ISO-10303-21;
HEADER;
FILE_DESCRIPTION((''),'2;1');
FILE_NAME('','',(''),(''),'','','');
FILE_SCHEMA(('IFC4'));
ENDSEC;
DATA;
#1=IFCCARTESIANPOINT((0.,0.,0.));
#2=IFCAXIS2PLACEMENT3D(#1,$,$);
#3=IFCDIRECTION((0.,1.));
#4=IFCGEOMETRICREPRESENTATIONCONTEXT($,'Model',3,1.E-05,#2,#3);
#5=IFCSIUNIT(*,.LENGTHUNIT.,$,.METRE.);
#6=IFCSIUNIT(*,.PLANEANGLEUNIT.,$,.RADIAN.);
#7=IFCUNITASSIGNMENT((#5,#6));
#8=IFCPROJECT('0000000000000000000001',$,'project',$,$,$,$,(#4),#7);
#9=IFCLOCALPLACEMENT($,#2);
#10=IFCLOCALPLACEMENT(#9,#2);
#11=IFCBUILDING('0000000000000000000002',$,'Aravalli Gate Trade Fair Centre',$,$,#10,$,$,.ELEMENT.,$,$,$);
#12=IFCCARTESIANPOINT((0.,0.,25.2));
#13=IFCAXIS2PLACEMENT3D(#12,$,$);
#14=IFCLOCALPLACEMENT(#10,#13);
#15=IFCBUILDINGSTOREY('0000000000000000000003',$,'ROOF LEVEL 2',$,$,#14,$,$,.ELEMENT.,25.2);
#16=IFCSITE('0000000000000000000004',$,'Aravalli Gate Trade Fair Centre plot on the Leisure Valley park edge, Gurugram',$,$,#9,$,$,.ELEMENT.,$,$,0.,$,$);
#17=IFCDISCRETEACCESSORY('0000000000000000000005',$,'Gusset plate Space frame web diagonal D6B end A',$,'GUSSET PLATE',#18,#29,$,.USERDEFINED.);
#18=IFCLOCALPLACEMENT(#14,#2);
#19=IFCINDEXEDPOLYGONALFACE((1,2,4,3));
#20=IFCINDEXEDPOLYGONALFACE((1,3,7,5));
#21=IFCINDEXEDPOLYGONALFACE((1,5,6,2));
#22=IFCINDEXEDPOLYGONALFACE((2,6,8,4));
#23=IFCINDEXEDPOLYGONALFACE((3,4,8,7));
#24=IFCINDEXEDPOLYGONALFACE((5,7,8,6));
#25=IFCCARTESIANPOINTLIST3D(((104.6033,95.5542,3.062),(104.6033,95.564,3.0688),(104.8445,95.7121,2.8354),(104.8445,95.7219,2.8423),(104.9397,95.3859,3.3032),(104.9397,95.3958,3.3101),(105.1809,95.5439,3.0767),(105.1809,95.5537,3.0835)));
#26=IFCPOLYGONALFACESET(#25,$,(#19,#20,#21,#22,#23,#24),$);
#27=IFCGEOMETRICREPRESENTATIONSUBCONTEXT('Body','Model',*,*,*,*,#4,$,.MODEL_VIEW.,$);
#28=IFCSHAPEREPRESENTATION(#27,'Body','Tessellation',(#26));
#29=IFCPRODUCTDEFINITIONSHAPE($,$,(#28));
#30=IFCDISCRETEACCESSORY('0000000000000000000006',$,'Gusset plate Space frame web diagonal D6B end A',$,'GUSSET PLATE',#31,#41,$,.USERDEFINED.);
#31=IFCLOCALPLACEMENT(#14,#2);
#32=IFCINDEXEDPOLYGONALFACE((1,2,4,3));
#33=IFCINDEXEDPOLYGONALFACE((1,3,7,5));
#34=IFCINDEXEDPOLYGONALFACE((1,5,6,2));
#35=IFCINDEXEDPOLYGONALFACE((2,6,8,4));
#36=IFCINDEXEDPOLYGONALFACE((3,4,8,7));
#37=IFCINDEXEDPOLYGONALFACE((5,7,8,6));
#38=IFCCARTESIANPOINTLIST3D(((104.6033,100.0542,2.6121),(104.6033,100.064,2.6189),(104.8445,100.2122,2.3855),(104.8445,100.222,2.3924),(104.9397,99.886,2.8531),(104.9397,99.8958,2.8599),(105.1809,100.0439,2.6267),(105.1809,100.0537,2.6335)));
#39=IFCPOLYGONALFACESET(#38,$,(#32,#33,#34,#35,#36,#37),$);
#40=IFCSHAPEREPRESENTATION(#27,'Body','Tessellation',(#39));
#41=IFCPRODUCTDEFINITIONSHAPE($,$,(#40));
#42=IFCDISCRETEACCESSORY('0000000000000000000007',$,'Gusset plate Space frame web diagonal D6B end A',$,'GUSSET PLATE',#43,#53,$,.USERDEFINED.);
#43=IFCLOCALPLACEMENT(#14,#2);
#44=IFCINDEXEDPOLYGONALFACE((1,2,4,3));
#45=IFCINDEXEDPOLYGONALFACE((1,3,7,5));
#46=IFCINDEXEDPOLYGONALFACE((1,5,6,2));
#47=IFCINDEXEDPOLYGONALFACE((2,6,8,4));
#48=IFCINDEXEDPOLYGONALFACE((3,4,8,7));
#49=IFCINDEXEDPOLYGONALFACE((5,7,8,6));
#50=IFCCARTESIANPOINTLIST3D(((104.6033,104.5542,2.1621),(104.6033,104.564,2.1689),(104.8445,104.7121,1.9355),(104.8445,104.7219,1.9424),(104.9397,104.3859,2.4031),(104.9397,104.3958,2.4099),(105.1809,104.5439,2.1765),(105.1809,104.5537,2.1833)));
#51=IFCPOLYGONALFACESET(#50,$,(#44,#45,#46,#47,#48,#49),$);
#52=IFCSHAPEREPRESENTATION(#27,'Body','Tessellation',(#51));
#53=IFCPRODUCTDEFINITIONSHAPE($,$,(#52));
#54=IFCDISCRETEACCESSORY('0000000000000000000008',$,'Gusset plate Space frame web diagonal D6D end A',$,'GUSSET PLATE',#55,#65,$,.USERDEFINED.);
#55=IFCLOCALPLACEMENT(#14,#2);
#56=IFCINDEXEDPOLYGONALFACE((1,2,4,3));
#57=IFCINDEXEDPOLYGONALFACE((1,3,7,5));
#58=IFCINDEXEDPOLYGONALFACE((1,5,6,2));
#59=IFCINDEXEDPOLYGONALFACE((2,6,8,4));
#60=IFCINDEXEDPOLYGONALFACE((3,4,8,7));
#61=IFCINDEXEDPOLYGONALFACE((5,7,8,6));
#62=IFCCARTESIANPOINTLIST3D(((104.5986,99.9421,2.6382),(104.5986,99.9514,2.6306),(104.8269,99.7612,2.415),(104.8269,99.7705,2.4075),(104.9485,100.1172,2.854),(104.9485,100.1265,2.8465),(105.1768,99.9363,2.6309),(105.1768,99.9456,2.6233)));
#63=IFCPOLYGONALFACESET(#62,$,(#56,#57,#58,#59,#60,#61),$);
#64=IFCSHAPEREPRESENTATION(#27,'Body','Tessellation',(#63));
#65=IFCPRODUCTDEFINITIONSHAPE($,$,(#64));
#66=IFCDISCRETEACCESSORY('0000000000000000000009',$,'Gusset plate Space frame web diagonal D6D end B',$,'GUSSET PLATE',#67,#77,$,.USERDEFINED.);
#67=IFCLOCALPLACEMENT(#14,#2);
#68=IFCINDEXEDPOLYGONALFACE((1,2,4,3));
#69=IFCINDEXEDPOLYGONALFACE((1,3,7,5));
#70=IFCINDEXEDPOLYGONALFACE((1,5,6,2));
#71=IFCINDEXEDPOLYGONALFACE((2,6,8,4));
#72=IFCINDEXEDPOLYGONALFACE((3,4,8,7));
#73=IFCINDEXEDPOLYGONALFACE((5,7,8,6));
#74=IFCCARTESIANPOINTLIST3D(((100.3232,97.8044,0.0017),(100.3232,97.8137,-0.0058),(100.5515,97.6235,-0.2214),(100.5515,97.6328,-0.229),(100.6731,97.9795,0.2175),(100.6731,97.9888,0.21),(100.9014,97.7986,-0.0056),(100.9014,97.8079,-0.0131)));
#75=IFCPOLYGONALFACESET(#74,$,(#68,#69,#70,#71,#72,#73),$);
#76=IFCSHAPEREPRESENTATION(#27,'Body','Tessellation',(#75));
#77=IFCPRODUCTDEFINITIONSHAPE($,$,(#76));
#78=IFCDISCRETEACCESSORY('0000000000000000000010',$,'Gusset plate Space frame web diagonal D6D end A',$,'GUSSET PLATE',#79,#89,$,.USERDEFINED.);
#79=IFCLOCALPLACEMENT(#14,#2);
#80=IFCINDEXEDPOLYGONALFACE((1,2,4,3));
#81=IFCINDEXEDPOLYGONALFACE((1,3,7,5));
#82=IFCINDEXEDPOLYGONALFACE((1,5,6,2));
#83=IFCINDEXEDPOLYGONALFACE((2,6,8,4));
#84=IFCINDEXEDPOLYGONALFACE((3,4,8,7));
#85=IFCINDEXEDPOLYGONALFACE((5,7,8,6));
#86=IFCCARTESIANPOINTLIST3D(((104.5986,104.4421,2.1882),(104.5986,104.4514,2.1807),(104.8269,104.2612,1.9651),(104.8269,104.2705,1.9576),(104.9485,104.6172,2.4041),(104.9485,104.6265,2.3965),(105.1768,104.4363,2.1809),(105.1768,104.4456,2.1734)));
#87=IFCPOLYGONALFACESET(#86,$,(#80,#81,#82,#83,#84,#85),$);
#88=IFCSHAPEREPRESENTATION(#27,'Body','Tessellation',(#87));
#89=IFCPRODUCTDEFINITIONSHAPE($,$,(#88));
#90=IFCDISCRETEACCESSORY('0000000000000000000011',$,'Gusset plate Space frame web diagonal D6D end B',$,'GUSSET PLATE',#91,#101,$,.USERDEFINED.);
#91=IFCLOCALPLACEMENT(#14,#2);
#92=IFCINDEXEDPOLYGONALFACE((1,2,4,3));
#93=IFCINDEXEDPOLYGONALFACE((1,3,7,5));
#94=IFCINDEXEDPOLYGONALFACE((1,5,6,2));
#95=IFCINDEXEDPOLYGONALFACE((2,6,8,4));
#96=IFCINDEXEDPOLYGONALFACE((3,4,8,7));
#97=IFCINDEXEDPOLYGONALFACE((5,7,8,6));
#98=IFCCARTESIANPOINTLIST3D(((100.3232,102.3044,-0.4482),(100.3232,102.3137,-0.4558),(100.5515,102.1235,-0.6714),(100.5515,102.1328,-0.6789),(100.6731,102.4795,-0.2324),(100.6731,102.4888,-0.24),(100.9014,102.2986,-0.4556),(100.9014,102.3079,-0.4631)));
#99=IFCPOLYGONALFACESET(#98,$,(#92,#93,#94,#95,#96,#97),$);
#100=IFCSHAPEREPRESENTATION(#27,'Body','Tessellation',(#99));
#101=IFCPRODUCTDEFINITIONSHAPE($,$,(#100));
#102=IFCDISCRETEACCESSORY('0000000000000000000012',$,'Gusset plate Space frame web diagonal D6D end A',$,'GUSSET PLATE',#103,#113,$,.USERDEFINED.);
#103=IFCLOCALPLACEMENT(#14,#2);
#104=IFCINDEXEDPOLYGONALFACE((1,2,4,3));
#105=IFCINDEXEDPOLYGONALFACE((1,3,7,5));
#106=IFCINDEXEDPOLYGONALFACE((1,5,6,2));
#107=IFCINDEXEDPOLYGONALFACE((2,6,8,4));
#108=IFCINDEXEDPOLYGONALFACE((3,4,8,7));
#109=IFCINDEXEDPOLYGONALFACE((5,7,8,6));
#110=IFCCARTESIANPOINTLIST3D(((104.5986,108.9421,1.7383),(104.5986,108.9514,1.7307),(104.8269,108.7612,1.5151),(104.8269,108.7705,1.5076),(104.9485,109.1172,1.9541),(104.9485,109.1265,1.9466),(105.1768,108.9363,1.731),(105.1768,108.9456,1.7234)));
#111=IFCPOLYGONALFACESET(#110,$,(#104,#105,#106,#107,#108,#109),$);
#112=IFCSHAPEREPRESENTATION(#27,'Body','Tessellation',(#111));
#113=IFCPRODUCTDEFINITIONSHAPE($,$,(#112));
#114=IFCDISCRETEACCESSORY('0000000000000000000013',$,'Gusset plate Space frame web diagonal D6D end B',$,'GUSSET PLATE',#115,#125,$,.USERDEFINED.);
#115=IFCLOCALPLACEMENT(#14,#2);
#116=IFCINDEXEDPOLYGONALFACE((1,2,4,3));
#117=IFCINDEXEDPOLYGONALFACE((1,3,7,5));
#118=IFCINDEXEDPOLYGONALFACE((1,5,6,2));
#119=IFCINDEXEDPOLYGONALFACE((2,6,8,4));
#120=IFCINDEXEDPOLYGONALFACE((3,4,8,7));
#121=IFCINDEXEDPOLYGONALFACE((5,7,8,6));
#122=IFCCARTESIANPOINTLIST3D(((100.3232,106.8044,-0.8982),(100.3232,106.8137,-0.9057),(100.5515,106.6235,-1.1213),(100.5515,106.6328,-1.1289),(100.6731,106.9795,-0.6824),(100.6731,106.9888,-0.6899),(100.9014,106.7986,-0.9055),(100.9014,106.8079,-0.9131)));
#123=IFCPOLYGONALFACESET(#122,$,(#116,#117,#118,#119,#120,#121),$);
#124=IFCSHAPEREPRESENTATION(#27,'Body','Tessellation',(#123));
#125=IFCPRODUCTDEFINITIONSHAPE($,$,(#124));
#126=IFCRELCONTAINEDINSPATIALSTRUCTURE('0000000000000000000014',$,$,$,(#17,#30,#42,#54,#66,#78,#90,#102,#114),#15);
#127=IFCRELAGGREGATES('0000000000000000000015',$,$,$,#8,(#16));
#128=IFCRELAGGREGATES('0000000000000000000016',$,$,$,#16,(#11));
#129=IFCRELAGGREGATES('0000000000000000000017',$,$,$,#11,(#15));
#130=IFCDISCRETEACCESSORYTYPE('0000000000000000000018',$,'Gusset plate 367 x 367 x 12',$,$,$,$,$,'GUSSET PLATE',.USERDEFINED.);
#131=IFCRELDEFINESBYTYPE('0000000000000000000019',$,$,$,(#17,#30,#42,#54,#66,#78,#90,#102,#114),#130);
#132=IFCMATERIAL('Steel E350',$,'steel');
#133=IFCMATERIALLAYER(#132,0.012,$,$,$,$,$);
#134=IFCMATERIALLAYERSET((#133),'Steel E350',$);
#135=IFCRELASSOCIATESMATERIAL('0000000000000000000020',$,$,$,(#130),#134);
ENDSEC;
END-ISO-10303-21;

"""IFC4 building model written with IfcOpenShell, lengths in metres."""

from ifc_helpers import new_model, si_unit, direction, frame, origin, place, context, subcontext, project, spatial, polyline, outline, extrude, material, layer, layer_set, type_object, element, save


model = new_model("IFC4")

# Units and contexts
model_context = context("Model", 3, precision=1e-05, world=origin(), true_north=direction((0.0, 1.0)))
body_context = subcontext(model_context, "Body", "Model", "MODEL_VIEW")
ifc_project = project(units=[si_unit("LENGTHUNIT", "METRE"), si_unit("PLANEANGLEUNIT", "RADIAN")], contexts=[model_context])

# Site, building, storey
site_placement = place(None, origin())
site = spatial("IfcSite", under=ifc_project, at=site_placement, Name="Aravalli Gate Trade Fair Centre plot on the Leisure Valley park edge, Gurugram", CompositionType="ELEMENT", RefElevation=0.0)
building_placement = place(site_placement, origin())
building = spatial("IfcBuilding", under=site, at=building_placement, Name="Aravalli Gate Trade Fair Centre", CompositionType="ELEMENT")
storey_placement = place(building_placement, frame((0.0, 0.0, 25.2)))
storey = spatial("IfcBuildingStorey", under=building, at=storey_placement, Name="ROOF LEVEL 2", CompositionType="ELEMENT", Elevation=25.2)

# Shared definitions
ifc_material_1 = material(Name="Steel E350", Category="steel")

# Discrete accessories
ifc_layer_1 = layer(ifc_material_1, 0.012)
ifc_layer_set_1 = layer_set([ifc_layer_1], Name="Steel E350")
discrete_accessory_type_1 = type_object("IfcDiscreteAccessoryType", Name="Gusset plate 367 x 367 x 12", ElementType="GUSSET PLATE", PredefinedType="USERDEFINED", material=ifc_layer_set_1)
discrete_accessory_1_placement = place(storey_placement, frame((104.6033, 95.564, 3.0688), z_axis=(0.000057, 0.820282, 0.57196), x_axis=(0.75291, -0.376455, 0.539822)))
element("IfcDiscreteAccessory", 1, at=discrete_accessory_1_placement, inside=storey, type_object=discrete_accessory_type_1, Name="Gusset plate Space frame web diagonal D6B end A", ObjectType="GUSSET PLATE", PredefinedType="USERDEFINED", context=body_context, shape_type="SweptSolid", body=[
    extrude(outline(polyline([(0.0, 0.0), (0.4468, 0.0), (0.4467, 0.3667), (-0.0002, 0.3667), (0.0, 0.0)])), origin(), (0.0, 0.0, -1.0), 0.012),
])
discrete_accessory_2_placement = place(storey_placement, frame((104.6033, 100.064, 2.6189), z_axis=(0.000049, 0.820141, 0.572161), x_axis=(0.753132, -0.376438, 0.539524)))
element("IfcDiscreteAccessory", 2, at=discrete_accessory_2_placement, inside=storey, type_object=discrete_accessory_type_1, Name="Gusset plate Space frame web diagonal D6B end A", ObjectType="GUSSET PLATE", PredefinedType="USERDEFINED", context=body_context, shape_type="SweptSolid", body=[
    extrude(outline(polyline([(0.0, 0.0), (0.4467, 0.0), (0.4468, 0.3665), (0.0, 0.3667), (0.0, 0.0)])), origin(), (0.0, 0.0, -1.0), 0.012),
])
discrete_accessory_3_placement = place(storey_placement, frame((104.6033, 104.564, 2.1689), z_axis=(0.000292, 0.820164, 0.572128), x_axis=(0.753132, -0.376566, 0.539435)))
element("IfcDiscreteAccessory", 3, at=discrete_accessory_3_placement, inside=storey, type_object=discrete_accessory_type_1, Name="Gusset plate Space frame web diagonal D6B end A", ObjectType="GUSSET PLATE", PredefinedType="USERDEFINED", context=body_context, shape_type="SweptSolid", body=[
    extrude(outline(polyline([(0.0, 0.0), (0.4467, 0.0), (0.4467, 0.3667), (0.0, 0.3667), (0.0, 0.0)])), origin(), (0.0, 0.0, -1.0), 0.012),
])
discrete_accessory_4_placement = place(storey_placement, frame((104.5986, 99.9421, 2.6382), z_axis=(0.000107, -0.776736, 0.629826), x_axis=(0.783044, 0.391795, 0.48305)))
element("IfcDiscreteAccessory", 4, at=discrete_accessory_4_placement, inside=storey, type_object=discrete_accessory_type_1, Name="Gusset plate Space frame web diagonal D6D end A", ObjectType="GUSSET PLATE", PredefinedType="USERDEFINED", context=body_context, shape_type="SweptSolid", body=[
    extrude(outline(polyline([(0.0, 0.0), (0.4468, 0.0), (0.4469, -0.3669), (0.0001, -0.3669), (0.0, 0.0)])), origin(), (0.0, 0.0, -1.0), 0.012),
])
discrete_accessory_5_placement = place(storey_placement, frame((100.6731, 97.9795, 0.2175), z_axis=(0.000107, -0.776736, 0.629826), x_axis=(-0.783044, -0.391795, -0.48305)))
element("IfcDiscreteAccessory", 5, at=discrete_accessory_5_placement, inside=storey, type_object=discrete_accessory_type_1, Name="Gusset plate Space frame web diagonal D6D end B", ObjectType="GUSSET PLATE", PredefinedType="USERDEFINED", context=body_context, shape_type="SweptSolid", body=[
    extrude(outline(polyline([(0.0, 0.0), (0.4468, 0.0), (0.4467, 0.3669), (-0.0001, 0.3669), (0.0, 0.0)])), origin(), (0.0, 0.0, -1.0), 0.012),
])
discrete_accessory_6_placement = place(storey_placement, frame((104.5986, 104.4421, 2.1882), z_axis=(0.000107, -0.776736, 0.629826), x_axis=(0.783044, 0.391795, 0.48305)))
element("IfcDiscreteAccessory", 6, at=discrete_accessory_6_placement, inside=storey, type_object=discrete_accessory_type_1, Name="Gusset plate Space frame web diagonal D6D end A", ObjectType="GUSSET PLATE", PredefinedType="USERDEFINED", context=body_context, shape_type="SweptSolid", body=[
    extrude(outline(polyline([(0.0, 0.0), (0.4468, 0.0), (0.4469, -0.3669), (0.0001, -0.3669), (0.0, 0.0)])), origin(), (0.0, 0.0, -1.0), 0.012),
])
discrete_accessory_7_placement = place(storey_placement, frame((100.6731, 102.4795, -0.2324), z_axis=(0.000107, -0.776736, 0.629826), x_axis=(-0.783044, -0.391795, -0.48305)))
element("IfcDiscreteAccessory", 7, at=discrete_accessory_7_placement, inside=storey, type_object=discrete_accessory_type_1, Name="Gusset plate Space frame web diagonal D6D end B", ObjectType="GUSSET PLATE", PredefinedType="USERDEFINED", context=body_context, shape_type="SweptSolid", body=[
    extrude(outline(polyline([(0.0, 0.0), (0.4468, 0.0), (0.4467, 0.3669), (-0.0001, 0.3669), (0.0, 0.0)])), origin(), (0.0, 0.0, -1.0), 0.012),
])
discrete_accessory_8_placement = place(storey_placement, frame((104.5986, 108.9421, 1.7383), z_axis=(0.000107, -0.776736, 0.629826), x_axis=(0.783044, 0.391795, 0.48305)))
element("IfcDiscreteAccessory", 8, at=discrete_accessory_8_placement, inside=storey, type_object=discrete_accessory_type_1, Name="Gusset plate Space frame web diagonal D6D end A", ObjectType="GUSSET PLATE", PredefinedType="USERDEFINED", context=body_context, shape_type="SweptSolid", body=[
    extrude(outline(polyline([(0.0, 0.0), (0.4468, 0.0), (0.4469, -0.3669), (0.0001, -0.3669), (0.0, 0.0)])), origin(), (0.0, 0.0, -1.0), 0.012),
])
discrete_accessory_9_placement = place(storey_placement, frame((100.6731, 106.9795, -0.6824), z_axis=(0.000107, -0.776736, 0.629826), x_axis=(-0.783044, -0.391795, -0.48305)))
element("IfcDiscreteAccessory", 9, at=discrete_accessory_9_placement, inside=storey, type_object=discrete_accessory_type_1, Name="Gusset plate Space frame web diagonal D6D end B", ObjectType="GUSSET PLATE", PredefinedType="USERDEFINED", context=body_context, shape_type="SweptSolid", body=[
    extrude(outline(polyline([(0.0, 0.0), (0.4468, 0.0), (0.4467, 0.3669), (-0.0001, 0.3669), (0.0, 0.0)])), origin(), (0.0, 0.0, -1.0), 0.012),
])

save(model, "model.ifc")
